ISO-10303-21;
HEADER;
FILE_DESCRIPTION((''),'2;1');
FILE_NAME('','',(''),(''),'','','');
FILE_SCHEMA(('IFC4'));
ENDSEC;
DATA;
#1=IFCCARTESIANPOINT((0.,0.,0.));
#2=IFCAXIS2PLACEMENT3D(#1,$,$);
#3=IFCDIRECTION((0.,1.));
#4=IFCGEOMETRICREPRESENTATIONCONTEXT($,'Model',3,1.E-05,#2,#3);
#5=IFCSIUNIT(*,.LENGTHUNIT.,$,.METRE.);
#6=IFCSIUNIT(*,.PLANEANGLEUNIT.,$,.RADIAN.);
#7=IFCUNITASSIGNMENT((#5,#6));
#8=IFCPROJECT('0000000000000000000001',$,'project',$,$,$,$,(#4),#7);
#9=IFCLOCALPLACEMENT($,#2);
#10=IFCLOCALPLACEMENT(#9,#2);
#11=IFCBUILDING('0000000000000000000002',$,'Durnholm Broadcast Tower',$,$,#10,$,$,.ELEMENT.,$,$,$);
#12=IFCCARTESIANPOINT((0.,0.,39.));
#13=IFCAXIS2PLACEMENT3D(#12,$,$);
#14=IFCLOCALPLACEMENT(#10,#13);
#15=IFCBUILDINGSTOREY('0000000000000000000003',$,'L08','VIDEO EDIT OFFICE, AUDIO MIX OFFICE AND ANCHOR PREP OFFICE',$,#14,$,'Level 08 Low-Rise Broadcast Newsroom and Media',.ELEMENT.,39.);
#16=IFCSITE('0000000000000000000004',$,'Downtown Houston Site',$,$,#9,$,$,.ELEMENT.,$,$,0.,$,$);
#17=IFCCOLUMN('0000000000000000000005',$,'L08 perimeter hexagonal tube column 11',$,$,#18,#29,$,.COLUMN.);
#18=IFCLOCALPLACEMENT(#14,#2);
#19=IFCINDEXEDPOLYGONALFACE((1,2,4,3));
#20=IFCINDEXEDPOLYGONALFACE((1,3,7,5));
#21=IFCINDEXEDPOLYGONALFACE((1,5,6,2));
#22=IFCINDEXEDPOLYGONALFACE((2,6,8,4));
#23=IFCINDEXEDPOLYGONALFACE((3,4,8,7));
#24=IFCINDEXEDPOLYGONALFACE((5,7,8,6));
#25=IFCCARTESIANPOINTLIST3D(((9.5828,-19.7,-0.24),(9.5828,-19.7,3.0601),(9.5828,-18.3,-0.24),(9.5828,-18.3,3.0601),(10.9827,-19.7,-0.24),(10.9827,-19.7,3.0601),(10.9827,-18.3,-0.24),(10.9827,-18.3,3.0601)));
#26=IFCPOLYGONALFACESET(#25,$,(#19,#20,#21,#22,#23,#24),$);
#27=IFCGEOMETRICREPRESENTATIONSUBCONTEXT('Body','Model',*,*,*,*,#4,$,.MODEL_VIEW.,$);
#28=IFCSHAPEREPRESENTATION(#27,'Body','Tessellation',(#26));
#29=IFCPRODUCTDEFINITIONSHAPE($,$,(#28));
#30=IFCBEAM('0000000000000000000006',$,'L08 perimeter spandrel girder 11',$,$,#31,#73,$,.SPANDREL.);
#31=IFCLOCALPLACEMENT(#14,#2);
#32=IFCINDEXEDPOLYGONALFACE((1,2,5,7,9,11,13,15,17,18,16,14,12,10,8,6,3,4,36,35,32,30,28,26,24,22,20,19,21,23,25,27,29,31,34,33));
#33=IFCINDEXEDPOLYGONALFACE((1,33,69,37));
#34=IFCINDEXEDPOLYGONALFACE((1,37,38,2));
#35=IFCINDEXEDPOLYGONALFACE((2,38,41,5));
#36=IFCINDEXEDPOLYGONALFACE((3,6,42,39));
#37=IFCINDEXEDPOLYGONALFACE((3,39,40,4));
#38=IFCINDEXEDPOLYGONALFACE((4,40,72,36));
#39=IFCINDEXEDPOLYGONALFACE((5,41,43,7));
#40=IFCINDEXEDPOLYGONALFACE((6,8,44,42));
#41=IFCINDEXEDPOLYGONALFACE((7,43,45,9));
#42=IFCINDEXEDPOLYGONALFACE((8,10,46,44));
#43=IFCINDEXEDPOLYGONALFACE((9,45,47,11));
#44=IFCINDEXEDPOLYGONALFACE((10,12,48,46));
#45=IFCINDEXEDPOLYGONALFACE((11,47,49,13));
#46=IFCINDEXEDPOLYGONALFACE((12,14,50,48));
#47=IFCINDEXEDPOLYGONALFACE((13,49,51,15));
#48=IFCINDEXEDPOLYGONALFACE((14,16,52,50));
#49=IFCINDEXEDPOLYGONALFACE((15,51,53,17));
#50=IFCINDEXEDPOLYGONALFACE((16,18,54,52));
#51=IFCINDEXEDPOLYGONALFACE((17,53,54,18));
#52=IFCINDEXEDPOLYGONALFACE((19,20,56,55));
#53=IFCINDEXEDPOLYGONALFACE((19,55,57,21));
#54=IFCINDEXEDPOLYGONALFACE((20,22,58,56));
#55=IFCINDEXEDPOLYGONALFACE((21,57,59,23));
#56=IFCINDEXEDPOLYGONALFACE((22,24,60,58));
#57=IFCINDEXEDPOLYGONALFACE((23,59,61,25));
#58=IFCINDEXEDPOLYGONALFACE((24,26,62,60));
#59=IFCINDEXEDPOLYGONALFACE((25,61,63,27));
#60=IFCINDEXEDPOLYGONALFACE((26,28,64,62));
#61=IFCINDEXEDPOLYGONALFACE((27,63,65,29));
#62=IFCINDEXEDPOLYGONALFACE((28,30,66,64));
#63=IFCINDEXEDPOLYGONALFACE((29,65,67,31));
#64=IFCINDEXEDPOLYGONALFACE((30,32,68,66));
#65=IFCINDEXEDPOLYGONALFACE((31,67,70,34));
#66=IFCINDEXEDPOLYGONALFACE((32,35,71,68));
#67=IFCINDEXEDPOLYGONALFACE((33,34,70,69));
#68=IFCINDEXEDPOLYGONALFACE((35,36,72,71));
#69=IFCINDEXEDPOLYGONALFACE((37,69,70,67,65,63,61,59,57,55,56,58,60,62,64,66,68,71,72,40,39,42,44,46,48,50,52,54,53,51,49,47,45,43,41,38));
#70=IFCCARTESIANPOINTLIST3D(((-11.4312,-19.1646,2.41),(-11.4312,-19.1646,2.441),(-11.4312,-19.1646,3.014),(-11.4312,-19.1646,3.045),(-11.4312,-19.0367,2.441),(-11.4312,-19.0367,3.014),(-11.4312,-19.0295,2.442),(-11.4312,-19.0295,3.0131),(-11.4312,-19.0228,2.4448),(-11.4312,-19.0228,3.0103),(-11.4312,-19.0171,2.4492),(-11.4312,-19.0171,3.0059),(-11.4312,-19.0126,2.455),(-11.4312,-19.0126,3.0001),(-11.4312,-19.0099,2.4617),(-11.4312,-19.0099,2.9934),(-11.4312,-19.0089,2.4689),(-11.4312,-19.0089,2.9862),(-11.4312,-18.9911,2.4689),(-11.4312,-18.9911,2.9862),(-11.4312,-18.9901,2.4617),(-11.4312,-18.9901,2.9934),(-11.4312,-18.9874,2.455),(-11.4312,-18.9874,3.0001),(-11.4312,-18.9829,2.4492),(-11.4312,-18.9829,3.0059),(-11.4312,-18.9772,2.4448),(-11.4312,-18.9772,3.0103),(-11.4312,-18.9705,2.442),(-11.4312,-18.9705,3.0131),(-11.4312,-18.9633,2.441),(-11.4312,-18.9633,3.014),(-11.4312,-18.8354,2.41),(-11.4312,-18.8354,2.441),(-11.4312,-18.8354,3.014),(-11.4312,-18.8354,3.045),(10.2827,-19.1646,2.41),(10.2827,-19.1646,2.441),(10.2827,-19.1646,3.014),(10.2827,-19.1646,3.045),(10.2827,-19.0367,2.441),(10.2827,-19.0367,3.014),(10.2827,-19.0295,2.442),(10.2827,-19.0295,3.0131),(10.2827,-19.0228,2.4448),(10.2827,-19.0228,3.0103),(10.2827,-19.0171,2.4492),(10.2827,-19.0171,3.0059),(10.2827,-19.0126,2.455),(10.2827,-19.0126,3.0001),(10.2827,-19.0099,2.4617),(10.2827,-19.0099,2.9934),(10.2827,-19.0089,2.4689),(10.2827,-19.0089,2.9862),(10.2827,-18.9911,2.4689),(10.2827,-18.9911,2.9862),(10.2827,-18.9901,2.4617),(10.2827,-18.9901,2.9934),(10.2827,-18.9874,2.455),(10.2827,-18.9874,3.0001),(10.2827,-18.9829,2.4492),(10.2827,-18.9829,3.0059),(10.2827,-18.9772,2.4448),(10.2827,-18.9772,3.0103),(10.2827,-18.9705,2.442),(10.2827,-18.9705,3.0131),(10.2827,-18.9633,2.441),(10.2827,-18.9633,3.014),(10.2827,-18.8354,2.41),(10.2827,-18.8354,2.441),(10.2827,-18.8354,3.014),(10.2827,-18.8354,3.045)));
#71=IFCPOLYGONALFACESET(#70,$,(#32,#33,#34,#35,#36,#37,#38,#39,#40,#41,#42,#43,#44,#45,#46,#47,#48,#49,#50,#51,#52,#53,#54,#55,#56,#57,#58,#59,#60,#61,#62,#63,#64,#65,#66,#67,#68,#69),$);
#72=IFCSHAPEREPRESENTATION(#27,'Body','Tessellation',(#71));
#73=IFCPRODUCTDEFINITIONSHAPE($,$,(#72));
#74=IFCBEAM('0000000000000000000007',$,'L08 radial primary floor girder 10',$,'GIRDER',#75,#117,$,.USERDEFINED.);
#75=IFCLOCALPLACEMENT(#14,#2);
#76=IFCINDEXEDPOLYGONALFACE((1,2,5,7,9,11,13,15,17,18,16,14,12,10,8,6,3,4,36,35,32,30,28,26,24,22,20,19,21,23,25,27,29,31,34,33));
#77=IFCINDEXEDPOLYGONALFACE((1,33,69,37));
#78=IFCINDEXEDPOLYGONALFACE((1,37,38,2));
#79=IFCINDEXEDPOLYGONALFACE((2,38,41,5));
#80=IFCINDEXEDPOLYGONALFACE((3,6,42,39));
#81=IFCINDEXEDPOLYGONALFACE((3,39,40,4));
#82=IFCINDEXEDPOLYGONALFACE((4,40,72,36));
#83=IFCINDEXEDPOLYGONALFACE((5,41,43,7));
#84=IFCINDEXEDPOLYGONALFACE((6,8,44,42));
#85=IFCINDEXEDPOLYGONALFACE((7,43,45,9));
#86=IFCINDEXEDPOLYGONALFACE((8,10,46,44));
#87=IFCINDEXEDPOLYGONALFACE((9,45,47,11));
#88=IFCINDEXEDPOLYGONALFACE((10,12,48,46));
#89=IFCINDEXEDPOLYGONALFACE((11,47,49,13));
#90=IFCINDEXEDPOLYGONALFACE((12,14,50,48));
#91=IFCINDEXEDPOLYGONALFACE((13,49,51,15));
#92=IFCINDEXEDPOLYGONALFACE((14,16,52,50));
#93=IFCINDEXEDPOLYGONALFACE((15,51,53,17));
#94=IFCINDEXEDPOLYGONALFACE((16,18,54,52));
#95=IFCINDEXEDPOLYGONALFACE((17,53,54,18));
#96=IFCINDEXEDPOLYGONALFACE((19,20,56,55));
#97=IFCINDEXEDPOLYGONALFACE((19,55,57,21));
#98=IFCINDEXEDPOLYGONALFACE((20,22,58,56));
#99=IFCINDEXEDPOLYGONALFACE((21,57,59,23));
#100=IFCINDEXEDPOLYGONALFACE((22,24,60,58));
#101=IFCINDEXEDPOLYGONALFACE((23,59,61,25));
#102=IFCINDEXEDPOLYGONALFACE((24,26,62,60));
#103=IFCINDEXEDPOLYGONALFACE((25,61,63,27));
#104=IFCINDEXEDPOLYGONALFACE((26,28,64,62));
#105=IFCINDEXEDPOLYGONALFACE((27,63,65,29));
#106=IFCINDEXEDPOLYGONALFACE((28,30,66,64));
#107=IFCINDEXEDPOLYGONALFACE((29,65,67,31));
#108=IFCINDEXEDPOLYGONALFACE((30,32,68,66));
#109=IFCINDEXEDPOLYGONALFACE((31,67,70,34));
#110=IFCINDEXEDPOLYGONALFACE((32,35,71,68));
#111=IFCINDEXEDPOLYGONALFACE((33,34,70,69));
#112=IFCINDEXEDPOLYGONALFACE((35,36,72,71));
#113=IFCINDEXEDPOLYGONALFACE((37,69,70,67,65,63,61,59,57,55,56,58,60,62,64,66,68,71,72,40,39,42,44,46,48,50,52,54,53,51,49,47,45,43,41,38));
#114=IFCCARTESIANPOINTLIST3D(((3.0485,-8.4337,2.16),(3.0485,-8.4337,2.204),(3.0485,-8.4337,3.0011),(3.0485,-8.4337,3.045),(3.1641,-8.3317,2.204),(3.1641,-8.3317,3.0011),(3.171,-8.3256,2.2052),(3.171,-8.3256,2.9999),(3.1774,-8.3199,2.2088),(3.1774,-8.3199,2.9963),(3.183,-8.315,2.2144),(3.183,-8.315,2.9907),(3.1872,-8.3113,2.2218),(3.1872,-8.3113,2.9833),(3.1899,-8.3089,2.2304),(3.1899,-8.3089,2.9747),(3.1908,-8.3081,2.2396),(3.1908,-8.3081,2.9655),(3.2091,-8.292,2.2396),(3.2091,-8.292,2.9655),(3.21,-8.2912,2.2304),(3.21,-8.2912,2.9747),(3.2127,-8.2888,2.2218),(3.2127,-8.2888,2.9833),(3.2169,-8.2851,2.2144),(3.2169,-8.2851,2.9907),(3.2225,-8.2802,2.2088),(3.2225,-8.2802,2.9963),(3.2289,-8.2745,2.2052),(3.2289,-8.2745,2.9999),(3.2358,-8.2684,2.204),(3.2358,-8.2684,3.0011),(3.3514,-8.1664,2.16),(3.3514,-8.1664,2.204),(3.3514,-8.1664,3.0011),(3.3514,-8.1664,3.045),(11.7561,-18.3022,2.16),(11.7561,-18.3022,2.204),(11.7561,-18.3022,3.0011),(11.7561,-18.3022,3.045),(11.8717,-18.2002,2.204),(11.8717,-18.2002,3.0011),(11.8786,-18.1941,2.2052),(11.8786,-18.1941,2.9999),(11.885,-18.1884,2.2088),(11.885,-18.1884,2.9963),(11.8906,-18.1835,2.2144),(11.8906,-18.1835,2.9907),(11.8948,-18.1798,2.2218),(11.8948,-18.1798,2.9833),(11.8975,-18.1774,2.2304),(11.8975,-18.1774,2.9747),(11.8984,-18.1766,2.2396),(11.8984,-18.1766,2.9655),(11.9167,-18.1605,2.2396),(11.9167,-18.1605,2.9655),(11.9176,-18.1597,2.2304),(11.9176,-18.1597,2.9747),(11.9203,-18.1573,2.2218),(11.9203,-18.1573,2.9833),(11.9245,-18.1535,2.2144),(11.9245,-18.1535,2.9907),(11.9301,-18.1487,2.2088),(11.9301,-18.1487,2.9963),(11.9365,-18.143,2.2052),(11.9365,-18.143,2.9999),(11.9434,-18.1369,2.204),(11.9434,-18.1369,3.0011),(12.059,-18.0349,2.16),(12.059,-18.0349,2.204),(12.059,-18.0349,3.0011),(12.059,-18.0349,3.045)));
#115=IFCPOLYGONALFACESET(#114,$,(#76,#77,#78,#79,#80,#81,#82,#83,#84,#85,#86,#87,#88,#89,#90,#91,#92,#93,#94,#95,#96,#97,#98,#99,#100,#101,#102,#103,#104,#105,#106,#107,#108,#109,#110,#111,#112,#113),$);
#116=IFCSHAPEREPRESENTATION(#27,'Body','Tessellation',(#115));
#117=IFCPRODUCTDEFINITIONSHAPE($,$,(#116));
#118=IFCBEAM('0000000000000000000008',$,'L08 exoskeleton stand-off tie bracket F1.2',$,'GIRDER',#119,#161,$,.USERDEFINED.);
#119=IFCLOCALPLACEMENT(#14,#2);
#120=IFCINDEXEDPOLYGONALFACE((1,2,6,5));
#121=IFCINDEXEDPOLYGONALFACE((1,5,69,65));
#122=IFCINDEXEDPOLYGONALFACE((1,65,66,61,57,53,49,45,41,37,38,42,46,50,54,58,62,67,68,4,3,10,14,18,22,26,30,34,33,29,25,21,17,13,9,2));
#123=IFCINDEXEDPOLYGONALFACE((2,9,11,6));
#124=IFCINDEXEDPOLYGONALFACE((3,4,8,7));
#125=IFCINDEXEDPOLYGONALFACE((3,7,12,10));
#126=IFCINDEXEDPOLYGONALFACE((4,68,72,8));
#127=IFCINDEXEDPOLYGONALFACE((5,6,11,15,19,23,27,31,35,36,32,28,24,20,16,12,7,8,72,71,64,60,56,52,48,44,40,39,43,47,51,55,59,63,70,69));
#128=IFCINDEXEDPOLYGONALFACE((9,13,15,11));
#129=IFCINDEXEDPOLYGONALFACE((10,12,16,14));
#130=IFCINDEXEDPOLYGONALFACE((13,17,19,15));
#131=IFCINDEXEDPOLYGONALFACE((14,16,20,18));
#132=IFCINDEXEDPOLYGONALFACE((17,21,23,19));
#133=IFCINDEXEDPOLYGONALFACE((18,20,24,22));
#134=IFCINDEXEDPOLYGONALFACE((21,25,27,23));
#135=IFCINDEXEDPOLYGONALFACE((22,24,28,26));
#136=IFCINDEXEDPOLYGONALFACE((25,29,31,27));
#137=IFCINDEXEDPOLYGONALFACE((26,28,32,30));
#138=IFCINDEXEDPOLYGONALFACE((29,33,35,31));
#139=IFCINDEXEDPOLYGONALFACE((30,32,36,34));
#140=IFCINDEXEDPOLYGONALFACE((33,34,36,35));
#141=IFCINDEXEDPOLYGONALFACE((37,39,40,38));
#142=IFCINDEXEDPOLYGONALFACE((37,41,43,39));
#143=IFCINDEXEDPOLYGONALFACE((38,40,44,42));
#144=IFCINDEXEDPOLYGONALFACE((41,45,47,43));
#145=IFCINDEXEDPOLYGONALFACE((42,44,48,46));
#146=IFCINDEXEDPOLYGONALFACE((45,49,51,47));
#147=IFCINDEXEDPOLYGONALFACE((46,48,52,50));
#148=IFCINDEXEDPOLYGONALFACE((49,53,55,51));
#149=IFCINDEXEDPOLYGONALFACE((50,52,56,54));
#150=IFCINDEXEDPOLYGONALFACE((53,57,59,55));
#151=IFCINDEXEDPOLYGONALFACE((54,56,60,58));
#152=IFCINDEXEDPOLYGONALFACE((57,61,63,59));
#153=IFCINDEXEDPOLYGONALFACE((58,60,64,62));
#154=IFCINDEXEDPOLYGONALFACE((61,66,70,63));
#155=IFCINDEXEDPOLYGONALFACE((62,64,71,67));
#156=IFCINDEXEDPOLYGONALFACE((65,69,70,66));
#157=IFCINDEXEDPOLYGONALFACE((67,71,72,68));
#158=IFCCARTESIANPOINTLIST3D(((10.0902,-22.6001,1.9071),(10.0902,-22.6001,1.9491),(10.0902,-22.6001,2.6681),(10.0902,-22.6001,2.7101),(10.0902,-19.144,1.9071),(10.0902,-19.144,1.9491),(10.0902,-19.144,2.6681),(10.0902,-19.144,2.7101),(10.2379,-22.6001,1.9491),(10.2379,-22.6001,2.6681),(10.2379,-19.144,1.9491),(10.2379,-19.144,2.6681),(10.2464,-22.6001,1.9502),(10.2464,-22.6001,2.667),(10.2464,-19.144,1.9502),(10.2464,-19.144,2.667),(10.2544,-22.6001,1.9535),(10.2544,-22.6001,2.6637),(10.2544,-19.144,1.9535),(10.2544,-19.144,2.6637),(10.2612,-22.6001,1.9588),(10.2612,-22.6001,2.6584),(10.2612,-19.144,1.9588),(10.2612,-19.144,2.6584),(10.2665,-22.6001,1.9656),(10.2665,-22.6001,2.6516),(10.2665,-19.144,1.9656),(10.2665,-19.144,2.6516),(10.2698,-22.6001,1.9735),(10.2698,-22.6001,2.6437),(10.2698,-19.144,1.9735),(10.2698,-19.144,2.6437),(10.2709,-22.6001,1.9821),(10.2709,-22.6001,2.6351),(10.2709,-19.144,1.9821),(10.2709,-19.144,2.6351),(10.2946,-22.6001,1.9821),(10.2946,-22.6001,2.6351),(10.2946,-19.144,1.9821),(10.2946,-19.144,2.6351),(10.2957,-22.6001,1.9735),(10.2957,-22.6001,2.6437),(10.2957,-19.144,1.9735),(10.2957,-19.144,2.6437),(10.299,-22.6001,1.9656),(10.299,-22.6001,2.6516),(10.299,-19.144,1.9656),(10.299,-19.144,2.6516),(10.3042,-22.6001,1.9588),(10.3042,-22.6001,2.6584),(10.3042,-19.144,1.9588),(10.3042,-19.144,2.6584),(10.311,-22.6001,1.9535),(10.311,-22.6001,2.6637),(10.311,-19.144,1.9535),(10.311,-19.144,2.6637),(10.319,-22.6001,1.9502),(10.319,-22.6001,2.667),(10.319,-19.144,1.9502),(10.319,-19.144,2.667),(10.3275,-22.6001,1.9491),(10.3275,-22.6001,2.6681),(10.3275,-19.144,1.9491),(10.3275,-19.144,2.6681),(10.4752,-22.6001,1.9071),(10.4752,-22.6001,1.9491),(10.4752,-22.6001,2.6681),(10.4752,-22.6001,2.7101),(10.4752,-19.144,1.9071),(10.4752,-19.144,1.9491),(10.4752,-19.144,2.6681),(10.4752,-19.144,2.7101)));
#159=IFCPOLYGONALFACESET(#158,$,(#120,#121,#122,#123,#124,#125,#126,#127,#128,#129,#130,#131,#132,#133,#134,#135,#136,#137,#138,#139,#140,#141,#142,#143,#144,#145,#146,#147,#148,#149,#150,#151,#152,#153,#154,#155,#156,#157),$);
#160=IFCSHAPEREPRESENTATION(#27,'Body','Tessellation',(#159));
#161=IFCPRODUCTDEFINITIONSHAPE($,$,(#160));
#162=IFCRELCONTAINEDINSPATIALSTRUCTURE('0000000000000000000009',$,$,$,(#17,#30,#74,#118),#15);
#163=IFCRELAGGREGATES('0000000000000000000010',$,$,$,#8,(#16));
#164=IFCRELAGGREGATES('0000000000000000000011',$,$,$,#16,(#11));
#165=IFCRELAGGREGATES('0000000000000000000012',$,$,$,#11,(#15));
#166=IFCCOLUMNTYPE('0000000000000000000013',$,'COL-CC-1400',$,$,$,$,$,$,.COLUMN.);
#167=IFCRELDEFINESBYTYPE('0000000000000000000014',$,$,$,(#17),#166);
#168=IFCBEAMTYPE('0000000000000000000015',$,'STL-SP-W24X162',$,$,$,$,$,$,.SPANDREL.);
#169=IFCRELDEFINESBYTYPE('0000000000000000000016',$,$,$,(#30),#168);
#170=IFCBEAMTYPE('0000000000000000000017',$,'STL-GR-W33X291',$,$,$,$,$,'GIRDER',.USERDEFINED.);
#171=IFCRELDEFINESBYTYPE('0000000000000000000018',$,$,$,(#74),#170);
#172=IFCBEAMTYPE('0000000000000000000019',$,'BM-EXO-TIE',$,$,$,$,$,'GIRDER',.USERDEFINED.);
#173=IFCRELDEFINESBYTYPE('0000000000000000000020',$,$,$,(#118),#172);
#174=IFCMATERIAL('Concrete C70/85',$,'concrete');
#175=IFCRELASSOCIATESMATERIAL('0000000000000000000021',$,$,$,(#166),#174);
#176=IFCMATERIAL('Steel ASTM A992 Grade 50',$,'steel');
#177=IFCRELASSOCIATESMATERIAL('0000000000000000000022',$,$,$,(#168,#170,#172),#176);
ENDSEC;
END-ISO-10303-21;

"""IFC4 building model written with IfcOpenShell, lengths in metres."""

from ifc_helpers import new_model, si_unit, direction, frame, origin, origin_2d, place, context, subcontext, project, spatial, rectangle, i_section, extrude, source, transform, mapped, material, material_profile, profile_set, type_object, type_shapes, element, save


model = new_model("IFC4")

# Units and contexts
model_context = context("Model", 3, precision=1e-05, world=origin(), true_north=direction((0.0, 1.0)))
body_context = subcontext(model_context, "Body", "Model", "MODEL_VIEW")
ifc_project = project(units=[si_unit("LENGTHUNIT", "METRE"), si_unit("PLANEANGLEUNIT", "RADIAN")], contexts=[model_context])

# Site, building, storey
site_placement = place(None, origin())
site = spatial("IfcSite", under=ifc_project, at=site_placement, Name="Downtown Houston Site", CompositionType="ELEMENT", RefElevation=0.0)
building_placement = place(site_placement, origin())
building = spatial("IfcBuilding", under=site, at=building_placement, Name="Durnholm Broadcast Tower", CompositionType="ELEMENT")
storey_placement = place(building_placement, frame((0.0, 0.0, 39.0)))
storey = spatial("IfcBuildingStorey", under=building, at=storey_placement, Name="L08", Description="VIDEO EDIT OFFICE, AUDIO MIX OFFICE AND ANCHOR PREP OFFICE", LongName="Level 08 Low-Rise Broadcast Newsroom and Media", CompositionType="ELEMENT", Elevation=39.0)

# Column
ifc_material_1 = material(Name="Concrete C70/85", Category="concrete")
ifc_material_profile_1 = material_profile(ifc_material_1, rectangle(XDim=1.3999, YDim=1.3999, at=origin_2d()), Name="RC1400X1400")
ifc_profile_set_1 = profile_set([ifc_material_profile_1], Name="Concrete C70/85")
column_type = type_object("IfcColumnType", Name="COL-CC-1400", PredefinedType="COLUMN", material=ifc_profile_set_1)
shared_shape_1 = source(origin(), body_context, "Body", "SweptSolid", [
    extrude(rectangle(XDim=1.3999, YDim=1.3999, at=origin_2d()), origin(), (0.0, 0.0, 1.0), 3.3),
])
type_shapes(column_type, [shared_shape_1])
column_placement = place(storey_placement, frame((10.2827, -19.0, -0.24), z_axis=(0.0, 0.0, 1.0), x_axis=(1.0, 0.0, 0.0)))
element("IfcColumn", 1, at=column_placement, inside=storey, type_object=column_type, Name="L08 perimeter hexagonal tube column 11", PredefinedType="COLUMN", context=body_context, shape_type="MappedRepresentation", body=[
    mapped(shared_shape_1, transform((0.0, 0.0, 0.0), x_axis=(1.0, 0.0, 0.0), y_axis=(0.0, 1.0, 0.0), z_axis=(0.0, 0.0, 1.0), scale=1.0)),
])

# Beams
ifc_material_2 = material(Name="Steel ASTM A992 Grade 50", Category="steel")
ifc_material_profile_2 = material_profile(ifc_material_2, i_section(OverallWidth=0.3291, OverallDepth=0.635, WebThickness=0.0178, FlangeThickness=0.031, FilletRadius=0.0278, at=origin_2d()), Name="W24X162")
ifc_profile_set_2 = profile_set([ifc_material_profile_2], Name="Steel ASTM A992 Grade 50")
beam_type_1 = type_object("IfcBeamType", Name="STL-SP-W24X162", PredefinedType="SPANDREL", material=ifc_profile_set_2)
shared_shape_2 = source(origin(), body_context, "Body", "SweptSolid", [
    extrude(i_section(OverallWidth=0.3291, OverallDepth=0.635, WebThickness=0.0178, FlangeThickness=0.031, FilletRadius=0.0278, at=origin_2d()), origin(), (0.0, 0.0, 1.0), 21.7139),
])
type_shapes(beam_type_1, [shared_shape_2])
beam_1_placement = place(storey_placement, frame((10.2827, -19.0, 2.7275), z_axis=(-1.0, 0.0, 0.0), x_axis=(0.0, -1.0, 0.0)))
element("IfcBeam", 2, at=beam_1_placement, inside=storey, type_object=beam_type_1, Name="L08 perimeter spandrel girder 11", PredefinedType="SPANDREL", context=body_context, shape_type="MappedRepresentation", body=[
    mapped(shared_shape_2, transform((0.0, 0.0, 0.0), x_axis=(1.0, 0.0, 0.0), y_axis=(0.0, 1.0, 0.0), z_axis=(0.0, 0.0, 1.0), scale=1.0)),
])
ifc_material_profile_3 = material_profile(ifc_material_2, i_section(OverallWidth=0.4041, OverallDepth=0.885, WebThickness=0.0244, FlangeThickness=0.0439, FilletRadius=0.0356, at=origin_2d()), Name="W33X291")
ifc_profile_set_3 = profile_set([ifc_material_profile_3], Name="Steel ASTM A992 Grade 50")
beam_type_2 = type_object("IfcBeamType", Name="STL-GR-W33X291", ElementType="GIRDER", PredefinedType="USERDEFINED", material=ifc_profile_set_3)
shared_shape_3 = source(origin(), body_context, "Body", "SweptSolid", [
    extrude(i_section(OverallWidth=0.4041, OverallDepth=0.885, WebThickness=0.0244, FlangeThickness=0.0439, FilletRadius=0.0356, at=origin_2d()), origin(), (0.0, 0.0, 1.0), 13.1609),
])
type_shapes(beam_type_2, [shared_shape_3])
beam_2_placement = place(storey_placement, frame((3.2, -8.3, 2.6025), z_axis=(0.661626, -0.749834, 0.0), x_axis=(0.749834, 0.661626, 0.0)))
element("IfcBeam", 3, at=beam_2_placement, inside=storey, type_object=beam_type_2, Name="L08 radial primary floor girder 10", ObjectType="GIRDER", PredefinedType="USERDEFINED", context=body_context, shape_type="MappedRepresentation", body=[
    mapped(shared_shape_3, transform((0.0, 0.0, 0.0), x_axis=(1.0, 0.0, 0.0), y_axis=(0.0, 1.0, 0.0), z_axis=(0.0, 0.0, 1.0), scale=1.0)),
])
ifc_material_profile_4 = material_profile(ifc_material_2, i_section(OverallWidth=0.385, OverallDepth=0.803, WebThickness=0.0237, FlangeThickness=0.042, FilletRadius=0.033, at=origin_2d()), Name="W30X261")
ifc_profile_set_4 = profile_set([ifc_material_profile_4], Name="Steel ASTM A992 Grade 50")
beam_type_3 = type_object("IfcBeamType", Name="BM-EXO-TIE", ElementType="GIRDER", PredefinedType="USERDEFINED", material=ifc_profile_set_4)
shared_shape_4 = source(origin(), body_context, "Body", "SweptSolid", [
    extrude(i_section(OverallWidth=0.385, OverallDepth=0.803, WebThickness=0.0237, FlangeThickness=0.042, FilletRadius=0.033, at=origin_2d()), origin(), (0.0, 0.0, 1.0), 3.4561),
])
type_shapes(beam_type_3, [shared_shape_4])
beam_3_placement = place(storey_placement, frame((10.2827, -19.144, 2.3086), z_axis=(0.0, -1.0, 0.0), x_axis=(1.0, 0.0, 0.0)))
element("IfcBeam", 4, at=beam_3_placement, inside=storey, type_object=beam_type_3, Name="L08 exoskeleton stand-off tie bracket F1.2", ObjectType="GIRDER", PredefinedType="USERDEFINED", context=body_context, shape_type="MappedRepresentation", body=[
    mapped(shared_shape_4, transform((0.0, 0.0, 0.0), x_axis=(1.0, 0.0, 0.0), y_axis=(0.0, 1.0, 0.0), z_axis=(0.0, 0.0, 1.0), scale=1.0)),
])

save(model, "model.ifc")
